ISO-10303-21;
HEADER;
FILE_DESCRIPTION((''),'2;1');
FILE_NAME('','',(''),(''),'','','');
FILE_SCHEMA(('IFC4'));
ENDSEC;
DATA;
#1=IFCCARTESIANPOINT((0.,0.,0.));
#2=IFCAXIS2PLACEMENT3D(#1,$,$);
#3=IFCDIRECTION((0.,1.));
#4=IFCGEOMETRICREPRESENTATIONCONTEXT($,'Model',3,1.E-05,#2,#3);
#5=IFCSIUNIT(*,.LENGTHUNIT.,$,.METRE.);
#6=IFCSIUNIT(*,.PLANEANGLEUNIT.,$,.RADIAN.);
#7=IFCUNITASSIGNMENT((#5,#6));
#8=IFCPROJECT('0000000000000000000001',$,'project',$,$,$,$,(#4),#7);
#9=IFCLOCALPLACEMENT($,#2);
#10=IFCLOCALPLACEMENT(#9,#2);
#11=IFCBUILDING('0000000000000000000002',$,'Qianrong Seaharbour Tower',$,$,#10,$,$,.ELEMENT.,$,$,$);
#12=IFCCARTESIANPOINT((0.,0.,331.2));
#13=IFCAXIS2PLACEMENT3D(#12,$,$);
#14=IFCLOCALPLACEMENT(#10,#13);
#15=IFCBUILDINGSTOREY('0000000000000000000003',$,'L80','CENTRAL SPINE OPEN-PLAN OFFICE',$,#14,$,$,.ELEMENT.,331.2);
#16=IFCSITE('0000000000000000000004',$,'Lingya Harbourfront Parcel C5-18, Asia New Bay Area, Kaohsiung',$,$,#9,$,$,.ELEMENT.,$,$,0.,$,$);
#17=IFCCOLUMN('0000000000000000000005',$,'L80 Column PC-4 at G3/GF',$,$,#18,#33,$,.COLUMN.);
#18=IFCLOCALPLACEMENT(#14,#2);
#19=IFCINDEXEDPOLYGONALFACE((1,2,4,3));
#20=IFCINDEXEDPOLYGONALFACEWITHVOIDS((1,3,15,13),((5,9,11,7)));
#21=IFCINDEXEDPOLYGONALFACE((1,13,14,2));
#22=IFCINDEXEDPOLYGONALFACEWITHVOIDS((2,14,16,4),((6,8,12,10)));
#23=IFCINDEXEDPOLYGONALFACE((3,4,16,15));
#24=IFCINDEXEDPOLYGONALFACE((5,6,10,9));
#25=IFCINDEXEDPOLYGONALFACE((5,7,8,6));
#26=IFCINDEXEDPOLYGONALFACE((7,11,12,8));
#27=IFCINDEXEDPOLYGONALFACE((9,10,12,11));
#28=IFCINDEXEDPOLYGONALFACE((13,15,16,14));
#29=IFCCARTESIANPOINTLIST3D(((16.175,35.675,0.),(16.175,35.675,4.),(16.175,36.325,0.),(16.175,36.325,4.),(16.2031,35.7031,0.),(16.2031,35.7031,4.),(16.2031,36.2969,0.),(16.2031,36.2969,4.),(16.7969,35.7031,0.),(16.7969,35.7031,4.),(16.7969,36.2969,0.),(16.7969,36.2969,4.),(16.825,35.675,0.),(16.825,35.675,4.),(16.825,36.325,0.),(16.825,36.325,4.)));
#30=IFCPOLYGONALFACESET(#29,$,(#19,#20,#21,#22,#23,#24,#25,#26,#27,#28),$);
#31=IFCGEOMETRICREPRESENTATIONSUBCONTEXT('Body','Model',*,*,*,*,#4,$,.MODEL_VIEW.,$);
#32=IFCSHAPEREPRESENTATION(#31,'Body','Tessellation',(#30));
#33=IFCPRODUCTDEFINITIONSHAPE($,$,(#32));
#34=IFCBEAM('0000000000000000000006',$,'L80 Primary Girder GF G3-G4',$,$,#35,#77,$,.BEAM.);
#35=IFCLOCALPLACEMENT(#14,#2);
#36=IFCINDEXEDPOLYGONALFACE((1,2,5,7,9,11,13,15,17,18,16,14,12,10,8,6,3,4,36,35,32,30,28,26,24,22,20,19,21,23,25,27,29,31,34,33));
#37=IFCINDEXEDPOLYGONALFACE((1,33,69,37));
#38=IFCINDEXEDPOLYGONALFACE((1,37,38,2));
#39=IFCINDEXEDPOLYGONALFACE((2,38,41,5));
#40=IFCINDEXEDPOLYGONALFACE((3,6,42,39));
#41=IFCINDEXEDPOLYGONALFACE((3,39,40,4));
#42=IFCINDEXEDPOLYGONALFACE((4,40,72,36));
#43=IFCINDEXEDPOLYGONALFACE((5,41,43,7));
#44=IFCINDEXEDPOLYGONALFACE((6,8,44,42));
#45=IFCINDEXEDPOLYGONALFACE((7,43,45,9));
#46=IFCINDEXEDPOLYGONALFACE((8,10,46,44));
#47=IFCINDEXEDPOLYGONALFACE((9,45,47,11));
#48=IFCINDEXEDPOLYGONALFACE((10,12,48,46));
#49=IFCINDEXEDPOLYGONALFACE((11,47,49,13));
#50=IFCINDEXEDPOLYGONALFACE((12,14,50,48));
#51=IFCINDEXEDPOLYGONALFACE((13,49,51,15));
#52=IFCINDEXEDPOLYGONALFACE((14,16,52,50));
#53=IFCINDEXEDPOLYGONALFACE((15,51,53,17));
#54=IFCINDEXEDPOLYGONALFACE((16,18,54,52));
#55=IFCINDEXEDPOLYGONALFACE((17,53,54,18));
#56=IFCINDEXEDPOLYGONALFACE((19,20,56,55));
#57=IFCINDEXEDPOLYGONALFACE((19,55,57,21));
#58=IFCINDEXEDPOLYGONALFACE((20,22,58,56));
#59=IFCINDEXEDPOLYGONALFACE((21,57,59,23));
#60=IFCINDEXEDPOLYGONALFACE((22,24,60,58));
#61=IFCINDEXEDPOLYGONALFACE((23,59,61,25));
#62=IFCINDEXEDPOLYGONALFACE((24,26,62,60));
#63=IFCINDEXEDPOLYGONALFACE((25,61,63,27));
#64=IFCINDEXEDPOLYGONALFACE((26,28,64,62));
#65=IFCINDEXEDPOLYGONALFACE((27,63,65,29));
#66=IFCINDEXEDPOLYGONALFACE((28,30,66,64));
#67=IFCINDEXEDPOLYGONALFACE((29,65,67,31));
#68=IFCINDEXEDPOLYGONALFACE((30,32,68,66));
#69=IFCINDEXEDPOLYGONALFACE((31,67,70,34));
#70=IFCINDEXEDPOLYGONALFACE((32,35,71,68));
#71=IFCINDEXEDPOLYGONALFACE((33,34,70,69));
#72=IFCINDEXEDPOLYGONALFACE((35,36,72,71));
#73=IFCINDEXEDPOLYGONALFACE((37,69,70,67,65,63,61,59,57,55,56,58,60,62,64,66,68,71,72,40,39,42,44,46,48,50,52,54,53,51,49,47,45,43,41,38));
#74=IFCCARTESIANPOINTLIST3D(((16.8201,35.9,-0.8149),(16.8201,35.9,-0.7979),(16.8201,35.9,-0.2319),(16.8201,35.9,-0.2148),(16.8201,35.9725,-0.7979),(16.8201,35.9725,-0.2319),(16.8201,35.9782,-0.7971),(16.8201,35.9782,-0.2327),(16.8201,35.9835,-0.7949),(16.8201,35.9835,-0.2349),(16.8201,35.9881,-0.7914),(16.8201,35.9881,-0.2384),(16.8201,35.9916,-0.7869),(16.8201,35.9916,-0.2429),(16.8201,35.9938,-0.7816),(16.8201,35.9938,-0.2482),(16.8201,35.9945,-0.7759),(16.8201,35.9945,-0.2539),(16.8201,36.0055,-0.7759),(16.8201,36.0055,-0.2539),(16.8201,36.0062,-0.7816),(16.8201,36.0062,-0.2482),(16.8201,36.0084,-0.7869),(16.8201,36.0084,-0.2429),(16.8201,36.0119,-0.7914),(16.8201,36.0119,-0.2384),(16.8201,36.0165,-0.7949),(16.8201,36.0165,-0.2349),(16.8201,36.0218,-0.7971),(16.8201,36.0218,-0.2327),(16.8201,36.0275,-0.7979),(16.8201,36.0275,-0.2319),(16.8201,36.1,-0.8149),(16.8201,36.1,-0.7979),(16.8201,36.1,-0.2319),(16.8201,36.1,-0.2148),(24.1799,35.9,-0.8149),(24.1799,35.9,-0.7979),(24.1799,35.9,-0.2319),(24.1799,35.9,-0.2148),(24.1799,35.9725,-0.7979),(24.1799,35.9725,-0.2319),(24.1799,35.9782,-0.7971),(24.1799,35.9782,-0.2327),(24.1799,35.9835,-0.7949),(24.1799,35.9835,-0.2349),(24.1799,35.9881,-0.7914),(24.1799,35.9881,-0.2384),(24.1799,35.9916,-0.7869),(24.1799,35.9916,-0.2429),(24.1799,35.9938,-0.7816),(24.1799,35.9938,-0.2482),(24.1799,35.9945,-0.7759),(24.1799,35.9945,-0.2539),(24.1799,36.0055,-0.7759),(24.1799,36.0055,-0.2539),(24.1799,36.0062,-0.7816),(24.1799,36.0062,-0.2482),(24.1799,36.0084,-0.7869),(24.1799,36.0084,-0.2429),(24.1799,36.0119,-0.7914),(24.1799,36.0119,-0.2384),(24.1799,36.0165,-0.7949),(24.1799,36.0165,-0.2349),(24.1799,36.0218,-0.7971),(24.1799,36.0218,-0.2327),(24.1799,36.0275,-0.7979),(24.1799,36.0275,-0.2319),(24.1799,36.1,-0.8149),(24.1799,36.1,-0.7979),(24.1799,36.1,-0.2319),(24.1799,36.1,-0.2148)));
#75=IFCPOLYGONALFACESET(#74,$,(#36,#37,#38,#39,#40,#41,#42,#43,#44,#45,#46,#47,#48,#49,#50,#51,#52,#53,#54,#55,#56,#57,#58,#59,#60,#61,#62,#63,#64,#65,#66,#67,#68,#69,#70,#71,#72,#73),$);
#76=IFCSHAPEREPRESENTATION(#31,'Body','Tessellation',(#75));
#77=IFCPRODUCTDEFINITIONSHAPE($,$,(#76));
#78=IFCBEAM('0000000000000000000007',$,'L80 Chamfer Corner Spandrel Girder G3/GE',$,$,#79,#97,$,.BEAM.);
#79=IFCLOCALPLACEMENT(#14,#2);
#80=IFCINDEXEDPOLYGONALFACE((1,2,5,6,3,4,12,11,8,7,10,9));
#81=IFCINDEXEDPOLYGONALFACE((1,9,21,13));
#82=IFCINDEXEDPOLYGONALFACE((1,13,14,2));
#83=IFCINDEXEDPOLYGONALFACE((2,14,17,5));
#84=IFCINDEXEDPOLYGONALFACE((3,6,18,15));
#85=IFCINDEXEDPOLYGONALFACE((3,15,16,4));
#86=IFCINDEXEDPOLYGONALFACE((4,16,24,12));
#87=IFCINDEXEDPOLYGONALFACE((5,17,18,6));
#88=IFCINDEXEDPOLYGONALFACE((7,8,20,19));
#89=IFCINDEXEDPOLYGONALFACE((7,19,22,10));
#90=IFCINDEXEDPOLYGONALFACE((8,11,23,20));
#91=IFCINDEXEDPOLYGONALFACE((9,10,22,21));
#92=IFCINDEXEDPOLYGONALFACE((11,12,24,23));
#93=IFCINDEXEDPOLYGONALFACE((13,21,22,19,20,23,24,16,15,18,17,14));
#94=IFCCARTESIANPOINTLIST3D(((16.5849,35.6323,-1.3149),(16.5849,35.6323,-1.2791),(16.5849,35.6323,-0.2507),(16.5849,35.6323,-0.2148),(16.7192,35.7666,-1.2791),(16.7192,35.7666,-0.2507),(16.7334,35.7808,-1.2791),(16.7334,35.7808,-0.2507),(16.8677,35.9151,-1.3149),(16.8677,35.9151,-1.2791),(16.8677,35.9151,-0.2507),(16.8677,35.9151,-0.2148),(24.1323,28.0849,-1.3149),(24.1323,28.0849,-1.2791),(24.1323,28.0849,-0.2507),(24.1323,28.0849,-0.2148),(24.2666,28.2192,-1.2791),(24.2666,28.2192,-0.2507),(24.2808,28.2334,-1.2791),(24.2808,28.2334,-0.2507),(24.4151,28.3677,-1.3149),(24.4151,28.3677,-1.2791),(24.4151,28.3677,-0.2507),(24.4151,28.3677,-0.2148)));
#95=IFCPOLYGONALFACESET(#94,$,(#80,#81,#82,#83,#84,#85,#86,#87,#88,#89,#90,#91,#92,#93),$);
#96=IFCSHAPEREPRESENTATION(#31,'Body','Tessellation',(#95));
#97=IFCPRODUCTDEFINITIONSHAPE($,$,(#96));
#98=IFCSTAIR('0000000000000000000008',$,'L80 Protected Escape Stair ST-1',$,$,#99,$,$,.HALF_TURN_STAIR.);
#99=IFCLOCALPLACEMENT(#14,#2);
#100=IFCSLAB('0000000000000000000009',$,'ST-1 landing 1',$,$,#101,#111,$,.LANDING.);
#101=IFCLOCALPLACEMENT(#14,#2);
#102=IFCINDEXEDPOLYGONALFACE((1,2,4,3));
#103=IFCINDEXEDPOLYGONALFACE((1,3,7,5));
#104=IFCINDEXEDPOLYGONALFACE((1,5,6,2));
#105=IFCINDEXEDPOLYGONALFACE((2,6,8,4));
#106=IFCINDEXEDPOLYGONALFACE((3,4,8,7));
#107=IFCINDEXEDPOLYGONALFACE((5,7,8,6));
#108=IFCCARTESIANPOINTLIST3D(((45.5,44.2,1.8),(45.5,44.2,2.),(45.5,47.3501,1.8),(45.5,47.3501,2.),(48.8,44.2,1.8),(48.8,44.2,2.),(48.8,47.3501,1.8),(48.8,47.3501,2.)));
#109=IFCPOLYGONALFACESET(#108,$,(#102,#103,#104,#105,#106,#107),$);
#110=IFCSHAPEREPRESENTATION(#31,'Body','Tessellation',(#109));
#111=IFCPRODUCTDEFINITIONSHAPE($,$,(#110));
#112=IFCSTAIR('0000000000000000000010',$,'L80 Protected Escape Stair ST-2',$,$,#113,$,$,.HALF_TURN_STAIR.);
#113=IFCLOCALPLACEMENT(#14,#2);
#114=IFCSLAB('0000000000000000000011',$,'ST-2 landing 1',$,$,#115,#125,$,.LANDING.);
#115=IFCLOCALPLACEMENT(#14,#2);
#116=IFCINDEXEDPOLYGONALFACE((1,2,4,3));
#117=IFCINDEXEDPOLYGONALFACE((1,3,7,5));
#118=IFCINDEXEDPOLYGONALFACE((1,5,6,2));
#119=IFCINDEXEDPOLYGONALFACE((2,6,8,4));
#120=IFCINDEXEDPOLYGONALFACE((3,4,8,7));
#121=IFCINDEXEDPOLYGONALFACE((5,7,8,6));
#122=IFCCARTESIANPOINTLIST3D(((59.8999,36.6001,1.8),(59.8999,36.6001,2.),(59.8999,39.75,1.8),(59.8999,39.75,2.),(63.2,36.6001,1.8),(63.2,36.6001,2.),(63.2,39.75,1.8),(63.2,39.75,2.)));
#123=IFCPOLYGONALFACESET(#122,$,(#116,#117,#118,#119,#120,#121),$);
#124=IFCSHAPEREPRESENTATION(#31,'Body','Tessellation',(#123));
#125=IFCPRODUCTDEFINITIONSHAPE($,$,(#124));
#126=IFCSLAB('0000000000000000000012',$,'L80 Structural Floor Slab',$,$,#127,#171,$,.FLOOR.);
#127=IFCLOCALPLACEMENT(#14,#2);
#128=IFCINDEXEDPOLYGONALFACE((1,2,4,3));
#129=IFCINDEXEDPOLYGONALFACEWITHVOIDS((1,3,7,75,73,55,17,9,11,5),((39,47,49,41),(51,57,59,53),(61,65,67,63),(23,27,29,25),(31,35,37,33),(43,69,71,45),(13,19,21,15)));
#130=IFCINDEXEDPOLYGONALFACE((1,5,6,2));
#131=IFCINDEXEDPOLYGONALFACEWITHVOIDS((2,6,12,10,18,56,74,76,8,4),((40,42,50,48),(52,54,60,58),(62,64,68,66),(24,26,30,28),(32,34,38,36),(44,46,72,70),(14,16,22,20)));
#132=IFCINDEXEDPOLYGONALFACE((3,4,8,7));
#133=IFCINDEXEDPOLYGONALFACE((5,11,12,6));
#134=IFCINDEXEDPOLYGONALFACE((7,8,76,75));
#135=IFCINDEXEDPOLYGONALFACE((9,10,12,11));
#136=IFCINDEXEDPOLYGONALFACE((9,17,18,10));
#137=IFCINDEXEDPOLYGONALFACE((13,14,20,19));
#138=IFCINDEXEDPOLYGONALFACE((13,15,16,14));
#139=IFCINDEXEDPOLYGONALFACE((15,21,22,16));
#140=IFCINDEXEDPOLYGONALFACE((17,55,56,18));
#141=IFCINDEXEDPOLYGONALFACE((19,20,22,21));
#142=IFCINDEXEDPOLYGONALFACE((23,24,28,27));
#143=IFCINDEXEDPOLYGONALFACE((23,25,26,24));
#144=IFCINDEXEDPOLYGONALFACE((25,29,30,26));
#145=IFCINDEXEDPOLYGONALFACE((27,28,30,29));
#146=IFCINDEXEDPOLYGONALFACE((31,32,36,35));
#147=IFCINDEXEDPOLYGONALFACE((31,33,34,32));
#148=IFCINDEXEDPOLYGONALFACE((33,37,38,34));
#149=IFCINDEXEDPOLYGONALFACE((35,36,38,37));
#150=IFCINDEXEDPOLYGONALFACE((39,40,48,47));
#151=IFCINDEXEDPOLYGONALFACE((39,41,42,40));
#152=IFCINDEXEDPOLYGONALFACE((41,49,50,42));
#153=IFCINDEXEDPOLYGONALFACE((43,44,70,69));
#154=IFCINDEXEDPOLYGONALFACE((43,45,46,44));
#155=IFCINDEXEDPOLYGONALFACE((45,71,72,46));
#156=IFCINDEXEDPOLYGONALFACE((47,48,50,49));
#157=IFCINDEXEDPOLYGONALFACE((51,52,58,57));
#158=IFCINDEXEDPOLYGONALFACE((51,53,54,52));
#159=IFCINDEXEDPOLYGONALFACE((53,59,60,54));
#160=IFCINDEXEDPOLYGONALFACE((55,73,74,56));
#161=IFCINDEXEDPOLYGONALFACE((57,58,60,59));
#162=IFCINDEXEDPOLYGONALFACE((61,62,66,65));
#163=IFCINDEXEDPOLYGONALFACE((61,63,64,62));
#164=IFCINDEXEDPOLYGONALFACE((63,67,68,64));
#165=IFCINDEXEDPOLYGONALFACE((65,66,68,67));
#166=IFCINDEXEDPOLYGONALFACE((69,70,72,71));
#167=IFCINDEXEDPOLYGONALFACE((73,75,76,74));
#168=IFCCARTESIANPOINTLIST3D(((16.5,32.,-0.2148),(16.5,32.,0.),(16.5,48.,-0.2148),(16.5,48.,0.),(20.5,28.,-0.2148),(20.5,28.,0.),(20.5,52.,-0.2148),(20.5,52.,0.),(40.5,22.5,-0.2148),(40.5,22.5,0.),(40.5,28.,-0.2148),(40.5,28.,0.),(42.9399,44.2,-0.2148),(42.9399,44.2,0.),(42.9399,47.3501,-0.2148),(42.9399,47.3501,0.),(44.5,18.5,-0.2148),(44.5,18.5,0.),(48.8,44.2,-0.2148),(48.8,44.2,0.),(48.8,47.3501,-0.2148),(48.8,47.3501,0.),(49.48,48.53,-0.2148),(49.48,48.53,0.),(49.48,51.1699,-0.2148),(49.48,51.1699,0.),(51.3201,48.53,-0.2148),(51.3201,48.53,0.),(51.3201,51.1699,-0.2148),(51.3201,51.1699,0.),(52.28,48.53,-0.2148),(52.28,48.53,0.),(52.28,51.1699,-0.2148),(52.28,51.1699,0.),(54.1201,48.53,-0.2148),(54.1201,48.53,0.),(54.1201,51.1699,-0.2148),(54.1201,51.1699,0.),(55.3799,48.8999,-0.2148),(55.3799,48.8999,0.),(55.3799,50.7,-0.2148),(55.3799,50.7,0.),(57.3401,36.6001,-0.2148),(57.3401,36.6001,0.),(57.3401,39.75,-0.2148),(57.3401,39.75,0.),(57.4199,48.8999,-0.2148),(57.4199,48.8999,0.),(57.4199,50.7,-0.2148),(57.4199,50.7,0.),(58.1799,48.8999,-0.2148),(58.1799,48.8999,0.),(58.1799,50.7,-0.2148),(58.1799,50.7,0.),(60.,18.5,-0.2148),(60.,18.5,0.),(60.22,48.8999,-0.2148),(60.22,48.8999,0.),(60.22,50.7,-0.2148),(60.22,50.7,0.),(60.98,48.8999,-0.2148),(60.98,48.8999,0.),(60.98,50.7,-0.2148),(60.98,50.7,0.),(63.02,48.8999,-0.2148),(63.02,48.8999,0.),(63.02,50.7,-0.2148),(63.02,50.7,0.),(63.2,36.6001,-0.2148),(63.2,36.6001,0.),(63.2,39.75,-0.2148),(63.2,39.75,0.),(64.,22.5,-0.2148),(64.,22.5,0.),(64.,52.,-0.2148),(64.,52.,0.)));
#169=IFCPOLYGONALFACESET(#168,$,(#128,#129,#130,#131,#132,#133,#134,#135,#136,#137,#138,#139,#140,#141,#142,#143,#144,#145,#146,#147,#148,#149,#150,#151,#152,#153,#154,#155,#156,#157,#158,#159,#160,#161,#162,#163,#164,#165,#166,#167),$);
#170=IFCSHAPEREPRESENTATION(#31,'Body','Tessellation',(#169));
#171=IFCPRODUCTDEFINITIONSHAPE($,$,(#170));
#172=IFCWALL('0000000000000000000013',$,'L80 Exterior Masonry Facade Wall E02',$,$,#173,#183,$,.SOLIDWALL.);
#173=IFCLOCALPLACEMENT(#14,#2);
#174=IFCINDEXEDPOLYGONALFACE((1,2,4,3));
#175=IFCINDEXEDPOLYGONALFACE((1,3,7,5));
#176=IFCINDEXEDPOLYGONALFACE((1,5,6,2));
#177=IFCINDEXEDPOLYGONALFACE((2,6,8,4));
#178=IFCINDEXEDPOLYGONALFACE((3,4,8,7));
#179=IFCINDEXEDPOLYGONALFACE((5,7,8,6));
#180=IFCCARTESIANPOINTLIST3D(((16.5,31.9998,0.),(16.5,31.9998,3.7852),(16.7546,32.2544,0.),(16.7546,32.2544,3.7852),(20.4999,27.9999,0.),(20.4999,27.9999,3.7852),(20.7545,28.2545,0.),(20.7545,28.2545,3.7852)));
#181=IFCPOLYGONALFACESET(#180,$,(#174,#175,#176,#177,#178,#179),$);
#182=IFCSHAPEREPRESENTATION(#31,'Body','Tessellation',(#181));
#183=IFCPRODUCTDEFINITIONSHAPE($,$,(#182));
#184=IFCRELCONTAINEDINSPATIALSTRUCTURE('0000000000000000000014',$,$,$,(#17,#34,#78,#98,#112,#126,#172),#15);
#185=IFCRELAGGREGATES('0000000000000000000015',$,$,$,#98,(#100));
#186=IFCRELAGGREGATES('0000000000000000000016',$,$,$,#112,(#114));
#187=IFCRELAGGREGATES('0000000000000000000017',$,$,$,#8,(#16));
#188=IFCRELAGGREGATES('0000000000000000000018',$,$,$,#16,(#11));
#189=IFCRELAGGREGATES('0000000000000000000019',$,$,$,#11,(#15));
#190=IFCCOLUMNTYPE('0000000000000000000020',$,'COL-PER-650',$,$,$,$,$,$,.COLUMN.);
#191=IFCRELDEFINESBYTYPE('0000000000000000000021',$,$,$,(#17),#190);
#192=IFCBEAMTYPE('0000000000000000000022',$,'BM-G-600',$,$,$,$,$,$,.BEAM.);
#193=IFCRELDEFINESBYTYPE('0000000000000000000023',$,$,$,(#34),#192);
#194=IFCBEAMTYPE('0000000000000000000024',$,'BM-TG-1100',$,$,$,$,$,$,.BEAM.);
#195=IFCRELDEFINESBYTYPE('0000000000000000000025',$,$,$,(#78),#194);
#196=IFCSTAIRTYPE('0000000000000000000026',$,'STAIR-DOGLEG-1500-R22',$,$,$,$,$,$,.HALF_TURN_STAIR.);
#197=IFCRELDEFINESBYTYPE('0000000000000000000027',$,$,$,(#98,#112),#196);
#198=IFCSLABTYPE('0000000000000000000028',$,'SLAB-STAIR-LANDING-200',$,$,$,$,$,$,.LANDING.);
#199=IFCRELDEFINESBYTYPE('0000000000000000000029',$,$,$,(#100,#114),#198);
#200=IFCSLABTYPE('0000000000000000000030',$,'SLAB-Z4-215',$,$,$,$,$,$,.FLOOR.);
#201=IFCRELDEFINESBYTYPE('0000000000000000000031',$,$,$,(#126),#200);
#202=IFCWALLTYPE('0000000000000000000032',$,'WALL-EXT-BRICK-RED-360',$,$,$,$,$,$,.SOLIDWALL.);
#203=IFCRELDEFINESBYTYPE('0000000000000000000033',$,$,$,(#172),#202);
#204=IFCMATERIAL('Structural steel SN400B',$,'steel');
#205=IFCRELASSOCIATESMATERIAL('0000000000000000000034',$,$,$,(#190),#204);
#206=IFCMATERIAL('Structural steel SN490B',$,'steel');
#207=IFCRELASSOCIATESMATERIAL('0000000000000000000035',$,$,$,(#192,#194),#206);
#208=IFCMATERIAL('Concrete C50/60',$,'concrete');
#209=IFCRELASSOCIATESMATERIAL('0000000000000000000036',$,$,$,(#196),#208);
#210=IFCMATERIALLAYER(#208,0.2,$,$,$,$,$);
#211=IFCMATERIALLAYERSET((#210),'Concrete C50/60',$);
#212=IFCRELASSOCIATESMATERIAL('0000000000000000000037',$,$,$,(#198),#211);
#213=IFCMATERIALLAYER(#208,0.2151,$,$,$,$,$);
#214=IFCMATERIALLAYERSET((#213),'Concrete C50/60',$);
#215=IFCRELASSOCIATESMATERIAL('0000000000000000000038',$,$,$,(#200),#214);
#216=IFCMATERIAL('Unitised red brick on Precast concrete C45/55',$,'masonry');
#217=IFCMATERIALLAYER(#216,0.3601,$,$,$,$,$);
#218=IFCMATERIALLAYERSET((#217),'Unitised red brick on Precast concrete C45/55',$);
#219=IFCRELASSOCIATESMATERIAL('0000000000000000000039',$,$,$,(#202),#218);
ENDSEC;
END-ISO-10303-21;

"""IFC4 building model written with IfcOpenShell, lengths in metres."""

from ifc_helpers import new_model, si_unit, direction, frame, frame_2d, origin, origin_2d, place, context, subcontext, project, spatial, polyline, rectangle, hollow_rectangle, i_section, outline, extrude, material, layer, layer_set, material_profile, profile_set, type_object, element, aggregate, save


model = new_model("IFC4")

# Units and contexts
model_context = context("Model", 3, precision=1e-05, world=origin(), true_north=direction((0.0, 1.0)))
body_context = subcontext(model_context, "Body", "Model", "MODEL_VIEW")
ifc_project = project(units=[si_unit("LENGTHUNIT", "METRE"), si_unit("PLANEANGLEUNIT", "RADIAN")], contexts=[model_context])

# Site, building, storey
site_placement = place(None, origin())
site = spatial("IfcSite", under=ifc_project, at=site_placement, Name="Lingya Harbourfront Parcel C5-18, Asia New Bay Area, Kaohsiung", CompositionType="ELEMENT", RefElevation=0.0)
building_placement = place(site_placement, origin())
building = spatial("IfcBuilding", under=site, at=building_placement, Name="Qianrong Seaharbour Tower", CompositionType="ELEMENT")
storey_placement = place(building_placement, frame((0.0, 0.0, 331.2)))
storey = spatial("IfcBuildingStorey", under=building, at=storey_placement, Name="L80", Description="CENTRAL SPINE OPEN-PLAN OFFICE", CompositionType="ELEMENT", Elevation=331.2)

# Column
ifc_material_1 = material(Name="Structural steel SN400B", Category="steel")
ifc_material_profile_1 = material_profile(ifc_material_1, hollow_rectangle(XDim=0.6499, YDim=0.6499, WallThickness=0.0281, at=origin_2d()), Name="BOX650x650x28")
ifc_profile_set_1 = profile_set([ifc_material_profile_1], Name="Structural steel SN400B")
column_type = type_object("IfcColumnType", Name="COL-PER-650", PredefinedType="COLUMN", material=ifc_profile_set_1)
column_placement = place(storey_placement, frame((16.5, 36.0, 0.0), z_axis=(0.0, 0.0, 1.0), x_axis=(1.0, 0.0, 0.0)))
element("IfcColumn", 1, at=column_placement, inside=storey, type_object=column_type, Name="L80 Column PC-4 at G3/GF", PredefinedType="COLUMN", context=body_context, shape_type="SweptSolid", body=[
    extrude(hollow_rectangle(XDim=0.6499, YDim=0.6499, WallThickness=0.0281, at=origin_2d()), origin(), (0.0, 0.0, 1.0), 4.0),
])

# Beams
ifc_material_2 = material(Name="Structural steel SN490B", Category="steel")
ifc_material_profile_2 = material_profile(ifc_material_2, i_section(OverallWidth=0.2, OverallDepth=0.6001, WebThickness=0.011, FlangeThickness=0.0171, FilletRadius=0.022, at=origin_2d()), Name="H600x200x11x17")
ifc_profile_set_2 = profile_set([ifc_material_profile_2], Name="Structural steel SN490B")
beam_type_1 = type_object("IfcBeamType", Name="BM-G-600", PredefinedType="BEAM", material=ifc_profile_set_2)
beam_1_placement = place(storey_placement, frame((16.8201, 36.0, -0.5149), z_axis=(1.0, 0.0, 0.0), x_axis=(0.0, 1.0, 0.0)))
element("IfcBeam", 2, at=beam_1_placement, inside=storey, type_object=beam_type_1, Name="L80 Primary Girder GF G3-G4", PredefinedType="BEAM", context=body_context, shape_type="SweptSolid", body=[
    extrude(i_section(OverallWidth=0.2, OverallDepth=0.6001, WebThickness=0.011, FlangeThickness=0.0171, FilletRadius=0.022, at=origin_2d()), origin(), (0.0, 0.0, 1.0), 7.3599),
])
ifc_material_profile_3 = material_profile(ifc_material_2, i_section(OverallWidth=0.3999, OverallDepth=1.1001, WebThickness=0.02, FlangeThickness=0.0359, at=origin_2d()), Name="BH1100x400x20x36")
ifc_profile_set_3 = profile_set([ifc_material_profile_3], Name="Structural steel SN490B")
beam_type_2 = type_object("IfcBeamType", Name="BM-TG-1100", PredefinedType="BEAM", material=ifc_profile_set_3)
beam_2_placement = place(storey_placement, frame((24.2737, 28.2263, -0.7649), z_axis=(-0.707107, 0.707107, 0.0), x_axis=(-0.707107, -0.707107, 0.0)))
element("IfcBeam", 3, at=beam_2_placement, inside=storey, type_object=beam_type_2, Name="L80 Chamfer Corner Spandrel Girder G3/GE", PredefinedType="BEAM", context=body_context, shape_type="SweptSolid", body=[
    extrude(i_section(OverallWidth=0.3999, OverallDepth=1.1001, WebThickness=0.02, FlangeThickness=0.0359, at=origin_2d()), origin(), (0.0, 0.0, 1.0), 10.6736),
])

# Stairs, slabs
ifc_material_3 = material(Name="Concrete C50/60", Category="concrete")
stair_type = type_object("IfcStairType", Name="STAIR-DOGLEG-1500-R22", PredefinedType="HALF_TURN_STAIR", material=ifc_material_3)
stair_1_placement = place(storey_placement, origin())
stair_1 = element("IfcStair", 4, at=stair_1_placement, inside=storey, type_object=stair_type, Name="L80 Protected Escape Stair ST-1", PredefinedType="HALF_TURN_STAIR")
ifc_layer_1 = layer(ifc_material_3, 0.2)
ifc_layer_set_1 = layer_set([ifc_layer_1], Name="Concrete C50/60")
slab_type_1 = type_object("IfcSlabType", Name="SLAB-STAIR-LANDING-200", PredefinedType="LANDING", material=ifc_layer_set_1)
slab_1_placement = place(storey_placement, frame((0.0, 0.0, 1.8)))
slab_1 = element("IfcSlab", 5, at=slab_1_placement, type_object=slab_type_1, Name="ST-1 landing 1", PredefinedType="LANDING", context=body_context, shape_type="SweptSolid", body=[
    extrude(outline(polyline([(45.5, 44.2), (48.8, 44.2), (48.8, 47.3501), (45.5, 47.3501), (45.5, 44.2)])), origin(), (0.0, 0.0, 1.0), 0.2),
])
aggregate(stair_1, [slab_1])
stair_2_placement = place(storey_placement, origin())
stair_2 = element("IfcStair", 6, at=stair_2_placement, inside=storey, type_object=stair_type, Name="L80 Protected Escape Stair ST-2", PredefinedType="HALF_TURN_STAIR")
slab_2_placement = place(storey_placement, frame((0.0, 0.0, 1.8)))
slab_2 = element("IfcSlab", 7, at=slab_2_placement, type_object=slab_type_1, Name="ST-2 landing 1", PredefinedType="LANDING", context=body_context, shape_type="SweptSolid", body=[
    extrude(outline(polyline([(59.8999, 36.6001), (63.2, 36.6001), (63.2, 39.75), (59.8999, 39.75), (59.8999, 36.6001)])), origin(), (0.0, 0.0, 1.0), 0.2),
])
aggregate(stair_2, [slab_2])

# Slab
ifc_layer_2 = layer(ifc_material_3, 0.2151)
ifc_layer_set_2 = layer_set([ifc_layer_2], Name="Concrete C50/60")
slab_type_2 = type_object("IfcSlabType", Name="SLAB-Z4-215", PredefinedType="FLOOR", material=ifc_layer_set_2)
slab_3_placement = place(storey_placement, frame((0.0, 0.0, -0.2148)))
element("IfcSlab", 8, at=slab_3_placement, inside=storey, type_object=slab_type_2, Name="L80 Structural Floor Slab", PredefinedType="FLOOR", context=body_context, shape_type="SweptSolid", body=[
    extrude(outline(polyline([(44.5, 18.5), (60.0, 18.5), (64.0, 22.5), (64.0, 52.0), (20.5, 52.0), (16.5, 48.0), (16.5, 32.0), (20.5, 28.0), (40.5, 28.0), (40.5, 22.5), (44.5, 18.5)]), holes=[polyline([(42.9399, 44.2), (42.9399, 47.3501), (48.8, 47.3501), (48.8, 44.2), (42.9399, 44.2)]), polyline([(57.3401, 36.6001), (57.3401, 39.75), (63.2, 39.75), (63.2, 36.6001), (57.3401, 36.6001)]), polyline([(49.48, 48.53), (49.48, 51.1699), (51.3201, 51.1699), (51.3201, 48.53), (49.48, 48.53)]), polyline([(52.28, 48.53), (52.28, 51.1699), (54.1201, 51.1699), (54.1201, 48.53), (52.28, 48.53)]), polyline([(55.3799, 48.8999), (55.3799, 50.7), (57.4199, 50.7), (57.4199, 48.8999), (55.3799, 48.8999)]), polyline([(58.1799, 48.8999), (58.1799, 50.7), (60.22, 50.7), (60.22, 48.8999), (58.1799, 48.8999)]), polyline([(60.98, 48.8999), (60.98, 50.7), (63.02, 50.7), (63.02, 48.8999), (60.98, 48.8999)])]), origin(), (0.0, 0.0, 1.0), 0.2148),
])

# Wall
ifc_material_4 = material(Name="Unitised red brick on Precast concrete C45/55", Category="masonry")
ifc_layer_3 = layer(ifc_material_4, 0.3601)
ifc_layer_set_3 = layer_set([ifc_layer_3], Name="Unitised red brick on Precast concrete C45/55")
wall_type_1 = type_object("IfcWallType", Name="WALL-EXT-BRICK-RED-360", PredefinedType="SOLIDWALL", material=ifc_layer_set_3)
wall_1_placement = place(storey_placement, frame((20.6272, 28.1272, 0.0), z_axis=(0.0, 0.0, 1.0), x_axis=(-0.707107, 0.707107, 0.0)))
element("IfcWall", 9, at=wall_1_placement, inside=storey, type_object=wall_type_1, Name="L80 Exterior Masonry Facade Wall E02", PredefinedType="SOLIDWALL", context=body_context, shape_type="SweptSolid", body=[
    extrude(rectangle(XDim=5.6567, YDim=0.3601, at=frame_2d((2.8284, 0.0))), origin(), (0.0, 0.0, 1.0), 3.7852),
])

save(model, "model.ifc")
